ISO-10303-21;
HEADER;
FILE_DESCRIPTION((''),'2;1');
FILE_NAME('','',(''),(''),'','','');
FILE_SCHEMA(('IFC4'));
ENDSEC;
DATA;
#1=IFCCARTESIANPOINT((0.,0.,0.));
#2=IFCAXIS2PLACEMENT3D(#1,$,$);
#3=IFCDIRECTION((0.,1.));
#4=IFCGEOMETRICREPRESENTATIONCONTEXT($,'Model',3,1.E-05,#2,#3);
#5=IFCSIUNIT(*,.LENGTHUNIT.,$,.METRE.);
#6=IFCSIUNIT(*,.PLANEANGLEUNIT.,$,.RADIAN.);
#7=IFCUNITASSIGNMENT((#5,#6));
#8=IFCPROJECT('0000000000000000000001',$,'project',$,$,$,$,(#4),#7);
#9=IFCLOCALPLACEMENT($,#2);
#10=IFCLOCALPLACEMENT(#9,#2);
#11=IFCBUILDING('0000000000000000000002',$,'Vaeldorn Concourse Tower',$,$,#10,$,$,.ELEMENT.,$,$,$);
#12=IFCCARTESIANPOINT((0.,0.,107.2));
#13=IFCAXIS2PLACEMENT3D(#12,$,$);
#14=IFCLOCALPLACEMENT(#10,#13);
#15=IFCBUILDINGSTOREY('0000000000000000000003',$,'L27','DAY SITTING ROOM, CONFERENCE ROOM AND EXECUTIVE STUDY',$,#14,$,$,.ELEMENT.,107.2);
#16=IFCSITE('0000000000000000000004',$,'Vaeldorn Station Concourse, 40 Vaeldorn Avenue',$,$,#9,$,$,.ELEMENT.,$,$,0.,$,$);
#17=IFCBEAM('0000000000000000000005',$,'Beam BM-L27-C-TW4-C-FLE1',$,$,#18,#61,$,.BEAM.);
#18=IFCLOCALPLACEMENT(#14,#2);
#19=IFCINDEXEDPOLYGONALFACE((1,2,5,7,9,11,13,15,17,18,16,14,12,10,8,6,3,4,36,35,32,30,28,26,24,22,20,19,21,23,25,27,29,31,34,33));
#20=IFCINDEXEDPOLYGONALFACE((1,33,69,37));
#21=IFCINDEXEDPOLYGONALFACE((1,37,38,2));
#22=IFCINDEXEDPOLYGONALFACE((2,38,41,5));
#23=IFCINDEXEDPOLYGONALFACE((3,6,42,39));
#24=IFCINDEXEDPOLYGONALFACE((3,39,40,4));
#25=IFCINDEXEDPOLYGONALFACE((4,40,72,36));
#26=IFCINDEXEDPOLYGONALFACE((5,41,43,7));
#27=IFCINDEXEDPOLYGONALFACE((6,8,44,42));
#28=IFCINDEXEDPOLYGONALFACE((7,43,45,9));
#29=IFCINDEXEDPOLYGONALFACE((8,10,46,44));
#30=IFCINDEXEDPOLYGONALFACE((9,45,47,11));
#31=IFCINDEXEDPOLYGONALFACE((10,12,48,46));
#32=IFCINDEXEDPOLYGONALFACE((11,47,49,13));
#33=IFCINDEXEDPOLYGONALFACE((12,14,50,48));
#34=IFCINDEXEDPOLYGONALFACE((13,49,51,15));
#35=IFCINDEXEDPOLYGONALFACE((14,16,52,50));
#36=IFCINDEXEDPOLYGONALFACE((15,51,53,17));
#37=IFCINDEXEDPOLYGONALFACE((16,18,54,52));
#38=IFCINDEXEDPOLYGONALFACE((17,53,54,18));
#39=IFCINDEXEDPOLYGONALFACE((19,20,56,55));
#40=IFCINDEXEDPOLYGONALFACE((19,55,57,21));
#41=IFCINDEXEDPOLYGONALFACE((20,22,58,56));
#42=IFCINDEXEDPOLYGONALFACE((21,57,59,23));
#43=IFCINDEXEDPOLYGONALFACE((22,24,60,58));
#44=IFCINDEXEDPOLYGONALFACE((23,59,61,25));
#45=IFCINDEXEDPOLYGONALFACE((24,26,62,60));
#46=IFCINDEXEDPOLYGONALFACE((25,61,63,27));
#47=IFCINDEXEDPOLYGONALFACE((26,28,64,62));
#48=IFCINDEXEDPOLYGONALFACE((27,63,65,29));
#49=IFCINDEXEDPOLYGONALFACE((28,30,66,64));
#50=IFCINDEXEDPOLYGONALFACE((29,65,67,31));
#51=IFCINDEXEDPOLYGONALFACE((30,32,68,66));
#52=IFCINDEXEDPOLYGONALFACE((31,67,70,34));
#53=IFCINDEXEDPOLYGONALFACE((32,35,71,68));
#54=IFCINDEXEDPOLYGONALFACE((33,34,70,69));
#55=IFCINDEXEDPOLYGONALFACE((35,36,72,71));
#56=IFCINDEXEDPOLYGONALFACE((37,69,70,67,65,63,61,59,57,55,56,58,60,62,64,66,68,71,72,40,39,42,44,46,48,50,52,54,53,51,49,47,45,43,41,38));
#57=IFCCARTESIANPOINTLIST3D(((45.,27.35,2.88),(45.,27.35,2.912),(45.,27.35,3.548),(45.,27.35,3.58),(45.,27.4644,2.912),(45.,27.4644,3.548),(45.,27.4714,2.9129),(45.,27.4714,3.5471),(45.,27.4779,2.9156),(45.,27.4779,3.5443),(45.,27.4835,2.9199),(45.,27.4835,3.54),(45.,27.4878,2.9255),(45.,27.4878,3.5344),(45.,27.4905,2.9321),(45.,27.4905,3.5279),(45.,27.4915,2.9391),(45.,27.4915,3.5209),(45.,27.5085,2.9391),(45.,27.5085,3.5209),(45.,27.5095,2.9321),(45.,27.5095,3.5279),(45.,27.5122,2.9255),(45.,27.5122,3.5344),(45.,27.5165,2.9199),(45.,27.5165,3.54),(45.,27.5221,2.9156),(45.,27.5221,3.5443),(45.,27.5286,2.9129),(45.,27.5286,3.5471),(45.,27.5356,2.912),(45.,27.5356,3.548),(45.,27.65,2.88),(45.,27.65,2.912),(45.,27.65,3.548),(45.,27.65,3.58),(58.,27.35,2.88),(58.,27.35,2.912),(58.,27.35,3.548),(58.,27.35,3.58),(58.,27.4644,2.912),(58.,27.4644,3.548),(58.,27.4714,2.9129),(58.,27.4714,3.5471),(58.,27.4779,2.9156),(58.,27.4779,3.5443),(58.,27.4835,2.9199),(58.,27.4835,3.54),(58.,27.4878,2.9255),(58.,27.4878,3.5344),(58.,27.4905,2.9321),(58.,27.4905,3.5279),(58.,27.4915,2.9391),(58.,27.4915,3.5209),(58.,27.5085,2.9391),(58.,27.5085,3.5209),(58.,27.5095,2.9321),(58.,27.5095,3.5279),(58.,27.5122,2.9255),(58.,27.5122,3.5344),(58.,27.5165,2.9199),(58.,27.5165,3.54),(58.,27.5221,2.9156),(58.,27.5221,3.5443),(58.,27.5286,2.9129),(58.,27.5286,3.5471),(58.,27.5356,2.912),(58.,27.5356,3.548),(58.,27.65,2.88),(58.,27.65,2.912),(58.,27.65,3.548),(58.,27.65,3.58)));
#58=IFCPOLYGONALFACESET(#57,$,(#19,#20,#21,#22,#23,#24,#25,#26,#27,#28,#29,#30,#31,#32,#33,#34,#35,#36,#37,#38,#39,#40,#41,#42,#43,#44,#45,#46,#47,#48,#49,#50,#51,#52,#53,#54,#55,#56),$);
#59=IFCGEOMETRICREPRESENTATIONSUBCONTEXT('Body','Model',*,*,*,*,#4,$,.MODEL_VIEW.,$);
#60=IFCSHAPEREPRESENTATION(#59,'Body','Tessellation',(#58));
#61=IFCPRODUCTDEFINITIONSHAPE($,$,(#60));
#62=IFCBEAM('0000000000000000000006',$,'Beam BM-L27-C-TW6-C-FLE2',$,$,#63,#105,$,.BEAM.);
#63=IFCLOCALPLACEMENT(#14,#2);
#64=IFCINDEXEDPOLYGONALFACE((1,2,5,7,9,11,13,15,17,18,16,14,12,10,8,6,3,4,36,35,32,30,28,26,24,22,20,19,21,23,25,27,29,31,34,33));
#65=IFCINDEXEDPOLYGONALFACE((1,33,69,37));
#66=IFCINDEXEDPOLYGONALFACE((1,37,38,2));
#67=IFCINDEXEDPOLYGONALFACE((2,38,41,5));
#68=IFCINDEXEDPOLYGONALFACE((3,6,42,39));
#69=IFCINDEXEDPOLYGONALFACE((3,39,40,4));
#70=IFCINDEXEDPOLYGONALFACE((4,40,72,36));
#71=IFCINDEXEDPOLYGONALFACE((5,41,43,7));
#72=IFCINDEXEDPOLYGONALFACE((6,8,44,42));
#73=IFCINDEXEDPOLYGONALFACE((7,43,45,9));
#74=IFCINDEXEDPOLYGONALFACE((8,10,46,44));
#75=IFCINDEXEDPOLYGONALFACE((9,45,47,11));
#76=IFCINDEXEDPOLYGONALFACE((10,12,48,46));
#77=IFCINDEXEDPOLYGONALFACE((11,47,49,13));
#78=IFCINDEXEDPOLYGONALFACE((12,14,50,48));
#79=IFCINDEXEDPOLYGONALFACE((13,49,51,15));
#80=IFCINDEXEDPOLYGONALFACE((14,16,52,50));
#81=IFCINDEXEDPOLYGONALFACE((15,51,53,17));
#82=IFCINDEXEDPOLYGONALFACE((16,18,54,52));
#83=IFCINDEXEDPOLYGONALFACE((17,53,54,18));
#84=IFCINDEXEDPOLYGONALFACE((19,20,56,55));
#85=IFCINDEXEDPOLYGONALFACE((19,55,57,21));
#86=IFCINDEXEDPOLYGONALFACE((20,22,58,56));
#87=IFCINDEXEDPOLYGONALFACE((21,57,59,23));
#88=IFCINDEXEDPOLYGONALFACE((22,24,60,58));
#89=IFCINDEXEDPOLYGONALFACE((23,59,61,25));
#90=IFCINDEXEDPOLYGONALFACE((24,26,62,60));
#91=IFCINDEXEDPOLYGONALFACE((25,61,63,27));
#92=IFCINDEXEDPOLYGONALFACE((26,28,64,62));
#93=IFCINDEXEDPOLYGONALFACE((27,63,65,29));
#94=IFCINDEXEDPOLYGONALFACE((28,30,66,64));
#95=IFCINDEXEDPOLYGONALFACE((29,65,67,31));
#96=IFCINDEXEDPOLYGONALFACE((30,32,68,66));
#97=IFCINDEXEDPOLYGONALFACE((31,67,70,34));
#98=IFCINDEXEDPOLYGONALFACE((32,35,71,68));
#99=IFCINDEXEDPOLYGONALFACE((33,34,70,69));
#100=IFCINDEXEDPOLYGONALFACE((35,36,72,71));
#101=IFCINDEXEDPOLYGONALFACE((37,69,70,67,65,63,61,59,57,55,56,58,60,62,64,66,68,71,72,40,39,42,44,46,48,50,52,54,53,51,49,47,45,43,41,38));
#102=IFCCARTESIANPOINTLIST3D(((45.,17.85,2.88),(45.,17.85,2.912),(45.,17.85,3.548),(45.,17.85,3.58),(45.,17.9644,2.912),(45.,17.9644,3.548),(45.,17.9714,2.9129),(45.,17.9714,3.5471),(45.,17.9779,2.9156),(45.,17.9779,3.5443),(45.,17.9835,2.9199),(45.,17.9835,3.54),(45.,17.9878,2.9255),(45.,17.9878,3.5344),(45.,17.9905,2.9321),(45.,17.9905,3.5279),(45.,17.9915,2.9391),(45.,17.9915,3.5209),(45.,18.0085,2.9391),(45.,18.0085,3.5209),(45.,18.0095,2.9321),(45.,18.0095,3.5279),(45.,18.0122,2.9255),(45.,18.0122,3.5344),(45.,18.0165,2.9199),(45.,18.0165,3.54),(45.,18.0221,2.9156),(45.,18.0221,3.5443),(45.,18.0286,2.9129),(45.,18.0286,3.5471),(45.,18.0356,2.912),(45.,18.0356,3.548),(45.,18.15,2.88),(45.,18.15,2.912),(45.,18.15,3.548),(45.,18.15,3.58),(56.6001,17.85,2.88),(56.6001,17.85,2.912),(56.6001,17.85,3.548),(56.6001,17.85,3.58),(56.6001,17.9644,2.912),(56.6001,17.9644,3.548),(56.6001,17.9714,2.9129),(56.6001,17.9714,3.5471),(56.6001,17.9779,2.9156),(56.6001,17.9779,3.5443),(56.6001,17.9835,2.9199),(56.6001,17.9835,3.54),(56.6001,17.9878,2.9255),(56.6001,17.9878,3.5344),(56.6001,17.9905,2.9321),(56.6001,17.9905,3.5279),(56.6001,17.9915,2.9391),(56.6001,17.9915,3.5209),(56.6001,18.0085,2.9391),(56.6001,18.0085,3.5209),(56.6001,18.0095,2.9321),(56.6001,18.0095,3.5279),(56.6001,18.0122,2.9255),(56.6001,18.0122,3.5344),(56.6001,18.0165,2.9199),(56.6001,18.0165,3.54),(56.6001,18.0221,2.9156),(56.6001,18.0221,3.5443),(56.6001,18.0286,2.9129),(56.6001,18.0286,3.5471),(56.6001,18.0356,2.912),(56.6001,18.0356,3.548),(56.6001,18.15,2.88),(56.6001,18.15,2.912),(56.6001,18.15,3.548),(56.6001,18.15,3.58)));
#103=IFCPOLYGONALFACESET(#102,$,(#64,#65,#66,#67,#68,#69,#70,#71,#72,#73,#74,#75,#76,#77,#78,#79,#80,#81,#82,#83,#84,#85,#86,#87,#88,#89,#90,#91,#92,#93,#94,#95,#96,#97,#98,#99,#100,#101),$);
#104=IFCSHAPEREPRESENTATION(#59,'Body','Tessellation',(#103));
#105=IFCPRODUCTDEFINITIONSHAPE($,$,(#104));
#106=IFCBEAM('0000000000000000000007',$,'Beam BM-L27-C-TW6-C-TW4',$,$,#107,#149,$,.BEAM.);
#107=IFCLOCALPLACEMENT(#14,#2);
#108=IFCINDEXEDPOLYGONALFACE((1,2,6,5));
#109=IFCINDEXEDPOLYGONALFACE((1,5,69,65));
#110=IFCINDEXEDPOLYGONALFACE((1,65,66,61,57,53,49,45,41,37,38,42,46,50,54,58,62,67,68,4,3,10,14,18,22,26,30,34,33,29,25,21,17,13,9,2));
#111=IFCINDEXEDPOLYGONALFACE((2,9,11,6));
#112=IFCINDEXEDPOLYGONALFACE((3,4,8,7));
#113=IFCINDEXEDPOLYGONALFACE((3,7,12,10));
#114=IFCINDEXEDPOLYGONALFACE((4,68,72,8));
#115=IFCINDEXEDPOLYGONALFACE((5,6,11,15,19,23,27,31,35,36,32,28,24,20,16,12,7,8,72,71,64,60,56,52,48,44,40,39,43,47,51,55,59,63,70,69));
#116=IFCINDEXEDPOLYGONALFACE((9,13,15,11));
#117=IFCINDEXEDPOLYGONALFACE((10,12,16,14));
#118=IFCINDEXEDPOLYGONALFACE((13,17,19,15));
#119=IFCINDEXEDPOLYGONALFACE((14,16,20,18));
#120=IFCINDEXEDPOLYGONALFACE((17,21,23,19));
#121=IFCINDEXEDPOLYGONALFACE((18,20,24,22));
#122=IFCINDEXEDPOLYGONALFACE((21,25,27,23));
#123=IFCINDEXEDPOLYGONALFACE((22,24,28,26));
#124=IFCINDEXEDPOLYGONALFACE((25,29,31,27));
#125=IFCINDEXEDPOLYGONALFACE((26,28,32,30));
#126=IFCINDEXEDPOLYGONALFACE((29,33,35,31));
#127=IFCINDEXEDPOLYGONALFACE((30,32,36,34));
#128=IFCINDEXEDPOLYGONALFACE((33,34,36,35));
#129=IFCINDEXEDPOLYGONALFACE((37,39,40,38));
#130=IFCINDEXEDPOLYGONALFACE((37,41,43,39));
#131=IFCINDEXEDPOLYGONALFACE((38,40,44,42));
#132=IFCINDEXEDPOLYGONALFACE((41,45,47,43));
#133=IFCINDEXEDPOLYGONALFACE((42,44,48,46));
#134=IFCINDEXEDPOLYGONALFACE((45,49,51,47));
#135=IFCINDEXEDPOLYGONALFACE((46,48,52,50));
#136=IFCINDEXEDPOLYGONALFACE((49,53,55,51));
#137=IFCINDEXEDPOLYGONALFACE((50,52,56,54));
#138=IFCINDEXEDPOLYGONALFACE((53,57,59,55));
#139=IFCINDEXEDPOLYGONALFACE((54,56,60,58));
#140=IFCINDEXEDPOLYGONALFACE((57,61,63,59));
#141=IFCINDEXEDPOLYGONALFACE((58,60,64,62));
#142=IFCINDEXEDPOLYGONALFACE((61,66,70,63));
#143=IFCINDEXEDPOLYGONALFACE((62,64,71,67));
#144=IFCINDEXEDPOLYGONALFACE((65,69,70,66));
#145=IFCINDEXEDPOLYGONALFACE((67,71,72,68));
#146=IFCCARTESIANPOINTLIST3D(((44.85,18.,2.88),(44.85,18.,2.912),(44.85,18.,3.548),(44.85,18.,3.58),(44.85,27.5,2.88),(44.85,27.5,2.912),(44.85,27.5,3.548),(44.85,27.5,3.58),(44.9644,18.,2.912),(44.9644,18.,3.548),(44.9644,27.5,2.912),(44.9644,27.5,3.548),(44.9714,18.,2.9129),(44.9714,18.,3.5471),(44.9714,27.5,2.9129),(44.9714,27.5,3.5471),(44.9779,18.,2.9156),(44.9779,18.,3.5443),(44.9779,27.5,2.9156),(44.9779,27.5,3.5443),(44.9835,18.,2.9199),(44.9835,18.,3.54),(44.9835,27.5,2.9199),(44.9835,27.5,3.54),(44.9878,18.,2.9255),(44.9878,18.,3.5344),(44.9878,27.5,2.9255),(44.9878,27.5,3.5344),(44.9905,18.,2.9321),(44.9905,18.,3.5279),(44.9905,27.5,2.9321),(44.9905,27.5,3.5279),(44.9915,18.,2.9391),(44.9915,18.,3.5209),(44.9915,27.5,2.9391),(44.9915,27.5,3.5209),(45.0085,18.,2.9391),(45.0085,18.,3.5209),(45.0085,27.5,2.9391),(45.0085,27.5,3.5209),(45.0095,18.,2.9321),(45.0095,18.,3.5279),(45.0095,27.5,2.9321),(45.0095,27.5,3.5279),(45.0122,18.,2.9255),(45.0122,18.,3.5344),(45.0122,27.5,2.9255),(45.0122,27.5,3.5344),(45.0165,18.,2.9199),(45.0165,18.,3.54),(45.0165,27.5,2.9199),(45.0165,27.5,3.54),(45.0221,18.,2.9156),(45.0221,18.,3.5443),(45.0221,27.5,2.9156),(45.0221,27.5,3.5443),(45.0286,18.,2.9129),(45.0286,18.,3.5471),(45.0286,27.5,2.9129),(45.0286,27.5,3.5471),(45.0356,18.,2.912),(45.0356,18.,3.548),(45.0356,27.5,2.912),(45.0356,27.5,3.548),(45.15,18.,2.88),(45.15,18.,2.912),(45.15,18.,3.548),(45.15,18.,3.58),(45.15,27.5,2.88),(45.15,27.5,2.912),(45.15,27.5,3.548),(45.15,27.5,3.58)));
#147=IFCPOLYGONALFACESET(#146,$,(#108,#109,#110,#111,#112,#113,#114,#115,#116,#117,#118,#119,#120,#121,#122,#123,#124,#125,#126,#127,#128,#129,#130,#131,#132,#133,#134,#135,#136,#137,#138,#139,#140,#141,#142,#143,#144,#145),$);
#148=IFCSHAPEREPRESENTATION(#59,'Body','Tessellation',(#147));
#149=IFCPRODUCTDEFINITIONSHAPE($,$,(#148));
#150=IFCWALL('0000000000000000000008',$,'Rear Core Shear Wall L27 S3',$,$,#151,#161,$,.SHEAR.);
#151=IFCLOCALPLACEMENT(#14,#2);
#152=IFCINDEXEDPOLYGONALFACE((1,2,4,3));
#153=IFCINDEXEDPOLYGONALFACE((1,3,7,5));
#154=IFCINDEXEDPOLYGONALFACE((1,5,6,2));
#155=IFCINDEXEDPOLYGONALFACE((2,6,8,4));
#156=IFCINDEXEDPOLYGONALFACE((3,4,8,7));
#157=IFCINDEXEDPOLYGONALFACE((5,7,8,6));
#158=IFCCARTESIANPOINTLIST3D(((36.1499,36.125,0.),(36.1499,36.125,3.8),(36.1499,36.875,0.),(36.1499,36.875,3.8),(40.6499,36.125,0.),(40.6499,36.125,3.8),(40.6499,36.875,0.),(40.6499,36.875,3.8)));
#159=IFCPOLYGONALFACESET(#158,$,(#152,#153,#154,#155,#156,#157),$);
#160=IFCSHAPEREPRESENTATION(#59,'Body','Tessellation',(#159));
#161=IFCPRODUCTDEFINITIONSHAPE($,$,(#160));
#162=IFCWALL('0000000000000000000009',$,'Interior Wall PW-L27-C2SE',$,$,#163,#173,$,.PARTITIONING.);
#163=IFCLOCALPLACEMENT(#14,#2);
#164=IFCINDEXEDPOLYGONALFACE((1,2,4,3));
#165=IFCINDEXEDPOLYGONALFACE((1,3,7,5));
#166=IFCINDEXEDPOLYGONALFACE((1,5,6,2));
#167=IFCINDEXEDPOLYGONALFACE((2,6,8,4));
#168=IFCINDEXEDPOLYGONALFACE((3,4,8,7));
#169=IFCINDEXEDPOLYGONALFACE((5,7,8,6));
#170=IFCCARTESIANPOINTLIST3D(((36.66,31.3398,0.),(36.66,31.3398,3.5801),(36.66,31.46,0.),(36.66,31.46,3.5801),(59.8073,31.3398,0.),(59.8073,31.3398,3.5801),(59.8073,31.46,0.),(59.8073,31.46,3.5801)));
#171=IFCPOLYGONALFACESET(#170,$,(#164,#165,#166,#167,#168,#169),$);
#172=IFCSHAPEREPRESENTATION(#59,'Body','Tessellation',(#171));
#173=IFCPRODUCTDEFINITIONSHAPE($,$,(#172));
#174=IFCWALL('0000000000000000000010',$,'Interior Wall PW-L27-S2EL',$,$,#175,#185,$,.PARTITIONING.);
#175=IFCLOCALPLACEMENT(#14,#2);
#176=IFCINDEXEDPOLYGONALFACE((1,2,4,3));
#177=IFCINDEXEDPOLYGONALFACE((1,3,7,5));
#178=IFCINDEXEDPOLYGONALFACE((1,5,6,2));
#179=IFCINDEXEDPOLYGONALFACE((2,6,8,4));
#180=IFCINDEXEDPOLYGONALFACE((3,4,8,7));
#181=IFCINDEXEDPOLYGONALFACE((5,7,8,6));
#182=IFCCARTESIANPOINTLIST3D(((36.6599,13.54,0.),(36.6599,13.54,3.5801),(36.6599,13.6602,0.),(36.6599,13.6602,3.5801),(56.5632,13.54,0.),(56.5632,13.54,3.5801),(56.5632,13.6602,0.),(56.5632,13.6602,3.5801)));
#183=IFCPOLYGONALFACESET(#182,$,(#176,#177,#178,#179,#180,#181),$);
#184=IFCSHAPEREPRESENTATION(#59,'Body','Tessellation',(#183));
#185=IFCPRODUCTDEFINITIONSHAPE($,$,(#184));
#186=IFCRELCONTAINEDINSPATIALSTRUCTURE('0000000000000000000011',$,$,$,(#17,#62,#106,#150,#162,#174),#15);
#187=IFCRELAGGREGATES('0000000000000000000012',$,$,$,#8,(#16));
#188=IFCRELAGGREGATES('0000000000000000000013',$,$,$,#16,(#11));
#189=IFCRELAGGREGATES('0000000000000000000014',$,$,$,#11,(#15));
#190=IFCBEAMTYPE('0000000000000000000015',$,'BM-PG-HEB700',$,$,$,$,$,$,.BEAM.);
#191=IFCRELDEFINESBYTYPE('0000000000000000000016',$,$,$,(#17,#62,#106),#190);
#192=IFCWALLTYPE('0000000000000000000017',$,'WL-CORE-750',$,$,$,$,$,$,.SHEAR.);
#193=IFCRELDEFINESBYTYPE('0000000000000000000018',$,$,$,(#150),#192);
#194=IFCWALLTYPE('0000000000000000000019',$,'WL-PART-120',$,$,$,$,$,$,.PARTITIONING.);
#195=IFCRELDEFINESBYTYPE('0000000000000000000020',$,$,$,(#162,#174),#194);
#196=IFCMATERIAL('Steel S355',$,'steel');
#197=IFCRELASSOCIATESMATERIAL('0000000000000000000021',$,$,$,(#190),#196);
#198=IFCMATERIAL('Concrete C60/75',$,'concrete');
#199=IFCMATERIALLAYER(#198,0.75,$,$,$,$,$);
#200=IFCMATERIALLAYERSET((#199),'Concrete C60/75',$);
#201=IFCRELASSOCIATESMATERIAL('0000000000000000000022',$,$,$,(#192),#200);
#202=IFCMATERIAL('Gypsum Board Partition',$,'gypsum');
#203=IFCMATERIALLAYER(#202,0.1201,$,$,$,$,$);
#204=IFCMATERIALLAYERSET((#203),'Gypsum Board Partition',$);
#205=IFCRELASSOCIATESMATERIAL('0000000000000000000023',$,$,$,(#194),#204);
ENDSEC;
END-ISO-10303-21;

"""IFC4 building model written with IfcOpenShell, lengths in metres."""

from ifc_helpers import new_model, si_unit, direction, frame, frame_2d, origin, origin_2d, place, context, subcontext, project, spatial, rectangle, i_section, extrude, source, transform, mapped, material, layer, layer_set, material_profile, profile_set, type_object, element, save


model = new_model("IFC4")

# Units and contexts
model_context = context("Model", 3, precision=1e-05, world=origin(), true_north=direction((0.0, 1.0)))
body_context = subcontext(model_context, "Body", "Model", "MODEL_VIEW")
ifc_project = project(units=[si_unit("LENGTHUNIT", "METRE"), si_unit("PLANEANGLEUNIT", "RADIAN")], contexts=[model_context])

# Site, building, storey
site_placement = place(None, origin())
site = spatial("IfcSite", under=ifc_project, at=site_placement, Name="Vaeldorn Station Concourse, 40 Vaeldorn Avenue", CompositionType="ELEMENT", RefElevation=0.0)
building_placement = place(site_placement, origin())
building = spatial("IfcBuilding", under=site, at=building_placement, Name="Vaeldorn Concourse Tower", CompositionType="ELEMENT")
storey_placement = place(building_placement, frame((0.0, 0.0, 107.2)))
storey = spatial("IfcBuildingStorey", under=building, at=storey_placement, Name="L27", Description="DAY SITTING ROOM, CONFERENCE ROOM AND EXECUTIVE STUDY", CompositionType="ELEMENT", Elevation=107.2)

# Beams
ifc_material_1 = material(Name="Concrete C60/75", Category="concrete")
ifc_material_2 = material(Name="Steel S355", Category="steel")
ifc_material_profile_1 = material_profile(ifc_material_2, i_section(OverallWidth=0.3, OverallDepth=0.7, WebThickness=0.0171, FlangeThickness=0.032, FilletRadius=0.0271, at=origin_2d()), Name="HEB 700")
ifc_profile_set_1 = profile_set([ifc_material_profile_1], Name="Steel S355")
beam_type_1 = type_object("IfcBeamType", Name="BM-PG-HEB700", PredefinedType="BEAM", material=ifc_profile_set_1)
shared_shape_1 = source(origin(), body_context, "Body", "SweptSolid", [
    extrude(i_section(OverallWidth=0.3, OverallDepth=0.7, WebThickness=0.0171, FlangeThickness=0.032, FilletRadius=0.0271, at=origin_2d()), origin(), (0.0, 0.0, 1.0), 13.0),
])
beam_1_placement = place(storey_placement, frame((45.0, 27.5, 3.23), z_axis=(1.0, 0.0, 0.0), x_axis=(0.0, 1.0, 0.0)))
element("IfcBeam", 1, at=beam_1_placement, inside=storey, type_object=beam_type_1, Name="Beam BM-L27-C-TW4-C-FLE1", PredefinedType="BEAM", context=body_context, shape_type="MappedRepresentation", body=[
    mapped(shared_shape_1, transform((0.0, 0.0, 0.0), scale=1.0)),
])
shared_shape_2 = source(origin(), body_context, "Body", "SweptSolid", [
    extrude(i_section(OverallWidth=0.3, OverallDepth=0.7, WebThickness=0.0171, FlangeThickness=0.032, FilletRadius=0.0271, at=origin_2d()), origin(), (0.0, 0.0, 1.0), 11.6001),
])
beam_2_placement = place(storey_placement, frame((45.0, 18.0, 3.23), z_axis=(1.0, 0.0, 0.0), x_axis=(0.0, 1.0, 0.0)))
element("IfcBeam", 2, at=beam_2_placement, inside=storey, type_object=beam_type_1, Name="Beam BM-L27-C-TW6-C-FLE2", PredefinedType="BEAM", context=body_context, shape_type="MappedRepresentation", body=[
    mapped(shared_shape_2, transform((0.0, 0.0, 0.0), scale=1.0)),
])
shared_shape_3 = source(origin(), body_context, "Body", "SweptSolid", [
    extrude(i_section(OverallWidth=0.3, OverallDepth=0.7, WebThickness=0.0171, FlangeThickness=0.032, FilletRadius=0.0271, at=origin_2d()), origin(), (0.0, 0.0, 1.0), 9.5),
])
beam_3_placement = place(storey_placement, frame((45.0, 18.0, 3.23), z_axis=(0.0, 1.0, 0.0), x_axis=(-1.0, 0.0, 0.0)))
element("IfcBeam", 3, at=beam_3_placement, inside=storey, type_object=beam_type_1, Name="Beam BM-L27-C-TW6-C-TW4", PredefinedType="BEAM", context=body_context, shape_type="MappedRepresentation", body=[
    mapped(shared_shape_3, transform((0.0, 0.0, 0.0), scale=1.0)),
])

# Walls
ifc_layer_1 = layer(ifc_material_1, 0.75)
ifc_layer_set_1 = layer_set([ifc_layer_1], Name="Concrete C60/75")
wall_type_1 = type_object("IfcWallType", Name="WL-CORE-750", PredefinedType="SHEAR", material=ifc_layer_set_1)
wall_1_placement = place(storey_placement, frame((36.1499, 36.5, 0.0), z_axis=(0.0, 0.0, 1.0), x_axis=(1.0, 0.0, 0.0)))
element("IfcWall", 4, at=wall_1_placement, inside=storey, type_object=wall_type_1, Name="Rear Core Shear Wall L27 S3", PredefinedType="SHEAR", context=body_context, shape_type="SweptSolid", body=[
    extrude(rectangle(XDim=4.5, YDim=0.75, at=frame_2d((2.25, 0.0))), origin(), (0.0, 0.0, 1.0), 3.8),
])
ifc_material_3 = material(Name="Gypsum Board Partition", Category="gypsum")
ifc_layer_2 = layer(ifc_material_3, 0.1201)
ifc_layer_set_2 = layer_set([ifc_layer_2], Name="Gypsum Board Partition")
wall_type_2 = type_object("IfcWallType", Name="WL-PART-120", PredefinedType="PARTITIONING", material=ifc_layer_set_2)
wall_2_placement = place(storey_placement, frame((36.6599, 31.3999, 0.0), z_axis=(0.0, 0.0, 1.0), x_axis=(1.0, 0.0, 0.0)))
element("IfcWall", 5, at=wall_2_placement, inside=storey, type_object=wall_type_2, Name="Interior Wall PW-L27-C2SE", PredefinedType="PARTITIONING", context=body_context, shape_type="SweptSolid", body=[
    extrude(rectangle(XDim=23.1472, YDim=0.1201, at=frame_2d((11.5737, 0.0))), origin(), (0.0, 0.0, 1.0), 3.5801),
])
wall_3_placement = place(storey_placement, frame((36.6599, 13.6001, 0.0), z_axis=(0.0, 0.0, 1.0), x_axis=(1.0, 0.0, 0.0)))
element("IfcWall", 6, at=wall_3_placement, inside=storey, type_object=wall_type_2, Name="Interior Wall PW-L27-S2EL", PredefinedType="PARTITIONING", context=body_context, shape_type="SweptSolid", body=[
    extrude(rectangle(XDim=19.9033, YDim=0.1201, at=frame_2d((9.9517, 0.0))), origin(), (0.0, 0.0, 1.0), 3.5801),
])

save(model, "model.ifc")
